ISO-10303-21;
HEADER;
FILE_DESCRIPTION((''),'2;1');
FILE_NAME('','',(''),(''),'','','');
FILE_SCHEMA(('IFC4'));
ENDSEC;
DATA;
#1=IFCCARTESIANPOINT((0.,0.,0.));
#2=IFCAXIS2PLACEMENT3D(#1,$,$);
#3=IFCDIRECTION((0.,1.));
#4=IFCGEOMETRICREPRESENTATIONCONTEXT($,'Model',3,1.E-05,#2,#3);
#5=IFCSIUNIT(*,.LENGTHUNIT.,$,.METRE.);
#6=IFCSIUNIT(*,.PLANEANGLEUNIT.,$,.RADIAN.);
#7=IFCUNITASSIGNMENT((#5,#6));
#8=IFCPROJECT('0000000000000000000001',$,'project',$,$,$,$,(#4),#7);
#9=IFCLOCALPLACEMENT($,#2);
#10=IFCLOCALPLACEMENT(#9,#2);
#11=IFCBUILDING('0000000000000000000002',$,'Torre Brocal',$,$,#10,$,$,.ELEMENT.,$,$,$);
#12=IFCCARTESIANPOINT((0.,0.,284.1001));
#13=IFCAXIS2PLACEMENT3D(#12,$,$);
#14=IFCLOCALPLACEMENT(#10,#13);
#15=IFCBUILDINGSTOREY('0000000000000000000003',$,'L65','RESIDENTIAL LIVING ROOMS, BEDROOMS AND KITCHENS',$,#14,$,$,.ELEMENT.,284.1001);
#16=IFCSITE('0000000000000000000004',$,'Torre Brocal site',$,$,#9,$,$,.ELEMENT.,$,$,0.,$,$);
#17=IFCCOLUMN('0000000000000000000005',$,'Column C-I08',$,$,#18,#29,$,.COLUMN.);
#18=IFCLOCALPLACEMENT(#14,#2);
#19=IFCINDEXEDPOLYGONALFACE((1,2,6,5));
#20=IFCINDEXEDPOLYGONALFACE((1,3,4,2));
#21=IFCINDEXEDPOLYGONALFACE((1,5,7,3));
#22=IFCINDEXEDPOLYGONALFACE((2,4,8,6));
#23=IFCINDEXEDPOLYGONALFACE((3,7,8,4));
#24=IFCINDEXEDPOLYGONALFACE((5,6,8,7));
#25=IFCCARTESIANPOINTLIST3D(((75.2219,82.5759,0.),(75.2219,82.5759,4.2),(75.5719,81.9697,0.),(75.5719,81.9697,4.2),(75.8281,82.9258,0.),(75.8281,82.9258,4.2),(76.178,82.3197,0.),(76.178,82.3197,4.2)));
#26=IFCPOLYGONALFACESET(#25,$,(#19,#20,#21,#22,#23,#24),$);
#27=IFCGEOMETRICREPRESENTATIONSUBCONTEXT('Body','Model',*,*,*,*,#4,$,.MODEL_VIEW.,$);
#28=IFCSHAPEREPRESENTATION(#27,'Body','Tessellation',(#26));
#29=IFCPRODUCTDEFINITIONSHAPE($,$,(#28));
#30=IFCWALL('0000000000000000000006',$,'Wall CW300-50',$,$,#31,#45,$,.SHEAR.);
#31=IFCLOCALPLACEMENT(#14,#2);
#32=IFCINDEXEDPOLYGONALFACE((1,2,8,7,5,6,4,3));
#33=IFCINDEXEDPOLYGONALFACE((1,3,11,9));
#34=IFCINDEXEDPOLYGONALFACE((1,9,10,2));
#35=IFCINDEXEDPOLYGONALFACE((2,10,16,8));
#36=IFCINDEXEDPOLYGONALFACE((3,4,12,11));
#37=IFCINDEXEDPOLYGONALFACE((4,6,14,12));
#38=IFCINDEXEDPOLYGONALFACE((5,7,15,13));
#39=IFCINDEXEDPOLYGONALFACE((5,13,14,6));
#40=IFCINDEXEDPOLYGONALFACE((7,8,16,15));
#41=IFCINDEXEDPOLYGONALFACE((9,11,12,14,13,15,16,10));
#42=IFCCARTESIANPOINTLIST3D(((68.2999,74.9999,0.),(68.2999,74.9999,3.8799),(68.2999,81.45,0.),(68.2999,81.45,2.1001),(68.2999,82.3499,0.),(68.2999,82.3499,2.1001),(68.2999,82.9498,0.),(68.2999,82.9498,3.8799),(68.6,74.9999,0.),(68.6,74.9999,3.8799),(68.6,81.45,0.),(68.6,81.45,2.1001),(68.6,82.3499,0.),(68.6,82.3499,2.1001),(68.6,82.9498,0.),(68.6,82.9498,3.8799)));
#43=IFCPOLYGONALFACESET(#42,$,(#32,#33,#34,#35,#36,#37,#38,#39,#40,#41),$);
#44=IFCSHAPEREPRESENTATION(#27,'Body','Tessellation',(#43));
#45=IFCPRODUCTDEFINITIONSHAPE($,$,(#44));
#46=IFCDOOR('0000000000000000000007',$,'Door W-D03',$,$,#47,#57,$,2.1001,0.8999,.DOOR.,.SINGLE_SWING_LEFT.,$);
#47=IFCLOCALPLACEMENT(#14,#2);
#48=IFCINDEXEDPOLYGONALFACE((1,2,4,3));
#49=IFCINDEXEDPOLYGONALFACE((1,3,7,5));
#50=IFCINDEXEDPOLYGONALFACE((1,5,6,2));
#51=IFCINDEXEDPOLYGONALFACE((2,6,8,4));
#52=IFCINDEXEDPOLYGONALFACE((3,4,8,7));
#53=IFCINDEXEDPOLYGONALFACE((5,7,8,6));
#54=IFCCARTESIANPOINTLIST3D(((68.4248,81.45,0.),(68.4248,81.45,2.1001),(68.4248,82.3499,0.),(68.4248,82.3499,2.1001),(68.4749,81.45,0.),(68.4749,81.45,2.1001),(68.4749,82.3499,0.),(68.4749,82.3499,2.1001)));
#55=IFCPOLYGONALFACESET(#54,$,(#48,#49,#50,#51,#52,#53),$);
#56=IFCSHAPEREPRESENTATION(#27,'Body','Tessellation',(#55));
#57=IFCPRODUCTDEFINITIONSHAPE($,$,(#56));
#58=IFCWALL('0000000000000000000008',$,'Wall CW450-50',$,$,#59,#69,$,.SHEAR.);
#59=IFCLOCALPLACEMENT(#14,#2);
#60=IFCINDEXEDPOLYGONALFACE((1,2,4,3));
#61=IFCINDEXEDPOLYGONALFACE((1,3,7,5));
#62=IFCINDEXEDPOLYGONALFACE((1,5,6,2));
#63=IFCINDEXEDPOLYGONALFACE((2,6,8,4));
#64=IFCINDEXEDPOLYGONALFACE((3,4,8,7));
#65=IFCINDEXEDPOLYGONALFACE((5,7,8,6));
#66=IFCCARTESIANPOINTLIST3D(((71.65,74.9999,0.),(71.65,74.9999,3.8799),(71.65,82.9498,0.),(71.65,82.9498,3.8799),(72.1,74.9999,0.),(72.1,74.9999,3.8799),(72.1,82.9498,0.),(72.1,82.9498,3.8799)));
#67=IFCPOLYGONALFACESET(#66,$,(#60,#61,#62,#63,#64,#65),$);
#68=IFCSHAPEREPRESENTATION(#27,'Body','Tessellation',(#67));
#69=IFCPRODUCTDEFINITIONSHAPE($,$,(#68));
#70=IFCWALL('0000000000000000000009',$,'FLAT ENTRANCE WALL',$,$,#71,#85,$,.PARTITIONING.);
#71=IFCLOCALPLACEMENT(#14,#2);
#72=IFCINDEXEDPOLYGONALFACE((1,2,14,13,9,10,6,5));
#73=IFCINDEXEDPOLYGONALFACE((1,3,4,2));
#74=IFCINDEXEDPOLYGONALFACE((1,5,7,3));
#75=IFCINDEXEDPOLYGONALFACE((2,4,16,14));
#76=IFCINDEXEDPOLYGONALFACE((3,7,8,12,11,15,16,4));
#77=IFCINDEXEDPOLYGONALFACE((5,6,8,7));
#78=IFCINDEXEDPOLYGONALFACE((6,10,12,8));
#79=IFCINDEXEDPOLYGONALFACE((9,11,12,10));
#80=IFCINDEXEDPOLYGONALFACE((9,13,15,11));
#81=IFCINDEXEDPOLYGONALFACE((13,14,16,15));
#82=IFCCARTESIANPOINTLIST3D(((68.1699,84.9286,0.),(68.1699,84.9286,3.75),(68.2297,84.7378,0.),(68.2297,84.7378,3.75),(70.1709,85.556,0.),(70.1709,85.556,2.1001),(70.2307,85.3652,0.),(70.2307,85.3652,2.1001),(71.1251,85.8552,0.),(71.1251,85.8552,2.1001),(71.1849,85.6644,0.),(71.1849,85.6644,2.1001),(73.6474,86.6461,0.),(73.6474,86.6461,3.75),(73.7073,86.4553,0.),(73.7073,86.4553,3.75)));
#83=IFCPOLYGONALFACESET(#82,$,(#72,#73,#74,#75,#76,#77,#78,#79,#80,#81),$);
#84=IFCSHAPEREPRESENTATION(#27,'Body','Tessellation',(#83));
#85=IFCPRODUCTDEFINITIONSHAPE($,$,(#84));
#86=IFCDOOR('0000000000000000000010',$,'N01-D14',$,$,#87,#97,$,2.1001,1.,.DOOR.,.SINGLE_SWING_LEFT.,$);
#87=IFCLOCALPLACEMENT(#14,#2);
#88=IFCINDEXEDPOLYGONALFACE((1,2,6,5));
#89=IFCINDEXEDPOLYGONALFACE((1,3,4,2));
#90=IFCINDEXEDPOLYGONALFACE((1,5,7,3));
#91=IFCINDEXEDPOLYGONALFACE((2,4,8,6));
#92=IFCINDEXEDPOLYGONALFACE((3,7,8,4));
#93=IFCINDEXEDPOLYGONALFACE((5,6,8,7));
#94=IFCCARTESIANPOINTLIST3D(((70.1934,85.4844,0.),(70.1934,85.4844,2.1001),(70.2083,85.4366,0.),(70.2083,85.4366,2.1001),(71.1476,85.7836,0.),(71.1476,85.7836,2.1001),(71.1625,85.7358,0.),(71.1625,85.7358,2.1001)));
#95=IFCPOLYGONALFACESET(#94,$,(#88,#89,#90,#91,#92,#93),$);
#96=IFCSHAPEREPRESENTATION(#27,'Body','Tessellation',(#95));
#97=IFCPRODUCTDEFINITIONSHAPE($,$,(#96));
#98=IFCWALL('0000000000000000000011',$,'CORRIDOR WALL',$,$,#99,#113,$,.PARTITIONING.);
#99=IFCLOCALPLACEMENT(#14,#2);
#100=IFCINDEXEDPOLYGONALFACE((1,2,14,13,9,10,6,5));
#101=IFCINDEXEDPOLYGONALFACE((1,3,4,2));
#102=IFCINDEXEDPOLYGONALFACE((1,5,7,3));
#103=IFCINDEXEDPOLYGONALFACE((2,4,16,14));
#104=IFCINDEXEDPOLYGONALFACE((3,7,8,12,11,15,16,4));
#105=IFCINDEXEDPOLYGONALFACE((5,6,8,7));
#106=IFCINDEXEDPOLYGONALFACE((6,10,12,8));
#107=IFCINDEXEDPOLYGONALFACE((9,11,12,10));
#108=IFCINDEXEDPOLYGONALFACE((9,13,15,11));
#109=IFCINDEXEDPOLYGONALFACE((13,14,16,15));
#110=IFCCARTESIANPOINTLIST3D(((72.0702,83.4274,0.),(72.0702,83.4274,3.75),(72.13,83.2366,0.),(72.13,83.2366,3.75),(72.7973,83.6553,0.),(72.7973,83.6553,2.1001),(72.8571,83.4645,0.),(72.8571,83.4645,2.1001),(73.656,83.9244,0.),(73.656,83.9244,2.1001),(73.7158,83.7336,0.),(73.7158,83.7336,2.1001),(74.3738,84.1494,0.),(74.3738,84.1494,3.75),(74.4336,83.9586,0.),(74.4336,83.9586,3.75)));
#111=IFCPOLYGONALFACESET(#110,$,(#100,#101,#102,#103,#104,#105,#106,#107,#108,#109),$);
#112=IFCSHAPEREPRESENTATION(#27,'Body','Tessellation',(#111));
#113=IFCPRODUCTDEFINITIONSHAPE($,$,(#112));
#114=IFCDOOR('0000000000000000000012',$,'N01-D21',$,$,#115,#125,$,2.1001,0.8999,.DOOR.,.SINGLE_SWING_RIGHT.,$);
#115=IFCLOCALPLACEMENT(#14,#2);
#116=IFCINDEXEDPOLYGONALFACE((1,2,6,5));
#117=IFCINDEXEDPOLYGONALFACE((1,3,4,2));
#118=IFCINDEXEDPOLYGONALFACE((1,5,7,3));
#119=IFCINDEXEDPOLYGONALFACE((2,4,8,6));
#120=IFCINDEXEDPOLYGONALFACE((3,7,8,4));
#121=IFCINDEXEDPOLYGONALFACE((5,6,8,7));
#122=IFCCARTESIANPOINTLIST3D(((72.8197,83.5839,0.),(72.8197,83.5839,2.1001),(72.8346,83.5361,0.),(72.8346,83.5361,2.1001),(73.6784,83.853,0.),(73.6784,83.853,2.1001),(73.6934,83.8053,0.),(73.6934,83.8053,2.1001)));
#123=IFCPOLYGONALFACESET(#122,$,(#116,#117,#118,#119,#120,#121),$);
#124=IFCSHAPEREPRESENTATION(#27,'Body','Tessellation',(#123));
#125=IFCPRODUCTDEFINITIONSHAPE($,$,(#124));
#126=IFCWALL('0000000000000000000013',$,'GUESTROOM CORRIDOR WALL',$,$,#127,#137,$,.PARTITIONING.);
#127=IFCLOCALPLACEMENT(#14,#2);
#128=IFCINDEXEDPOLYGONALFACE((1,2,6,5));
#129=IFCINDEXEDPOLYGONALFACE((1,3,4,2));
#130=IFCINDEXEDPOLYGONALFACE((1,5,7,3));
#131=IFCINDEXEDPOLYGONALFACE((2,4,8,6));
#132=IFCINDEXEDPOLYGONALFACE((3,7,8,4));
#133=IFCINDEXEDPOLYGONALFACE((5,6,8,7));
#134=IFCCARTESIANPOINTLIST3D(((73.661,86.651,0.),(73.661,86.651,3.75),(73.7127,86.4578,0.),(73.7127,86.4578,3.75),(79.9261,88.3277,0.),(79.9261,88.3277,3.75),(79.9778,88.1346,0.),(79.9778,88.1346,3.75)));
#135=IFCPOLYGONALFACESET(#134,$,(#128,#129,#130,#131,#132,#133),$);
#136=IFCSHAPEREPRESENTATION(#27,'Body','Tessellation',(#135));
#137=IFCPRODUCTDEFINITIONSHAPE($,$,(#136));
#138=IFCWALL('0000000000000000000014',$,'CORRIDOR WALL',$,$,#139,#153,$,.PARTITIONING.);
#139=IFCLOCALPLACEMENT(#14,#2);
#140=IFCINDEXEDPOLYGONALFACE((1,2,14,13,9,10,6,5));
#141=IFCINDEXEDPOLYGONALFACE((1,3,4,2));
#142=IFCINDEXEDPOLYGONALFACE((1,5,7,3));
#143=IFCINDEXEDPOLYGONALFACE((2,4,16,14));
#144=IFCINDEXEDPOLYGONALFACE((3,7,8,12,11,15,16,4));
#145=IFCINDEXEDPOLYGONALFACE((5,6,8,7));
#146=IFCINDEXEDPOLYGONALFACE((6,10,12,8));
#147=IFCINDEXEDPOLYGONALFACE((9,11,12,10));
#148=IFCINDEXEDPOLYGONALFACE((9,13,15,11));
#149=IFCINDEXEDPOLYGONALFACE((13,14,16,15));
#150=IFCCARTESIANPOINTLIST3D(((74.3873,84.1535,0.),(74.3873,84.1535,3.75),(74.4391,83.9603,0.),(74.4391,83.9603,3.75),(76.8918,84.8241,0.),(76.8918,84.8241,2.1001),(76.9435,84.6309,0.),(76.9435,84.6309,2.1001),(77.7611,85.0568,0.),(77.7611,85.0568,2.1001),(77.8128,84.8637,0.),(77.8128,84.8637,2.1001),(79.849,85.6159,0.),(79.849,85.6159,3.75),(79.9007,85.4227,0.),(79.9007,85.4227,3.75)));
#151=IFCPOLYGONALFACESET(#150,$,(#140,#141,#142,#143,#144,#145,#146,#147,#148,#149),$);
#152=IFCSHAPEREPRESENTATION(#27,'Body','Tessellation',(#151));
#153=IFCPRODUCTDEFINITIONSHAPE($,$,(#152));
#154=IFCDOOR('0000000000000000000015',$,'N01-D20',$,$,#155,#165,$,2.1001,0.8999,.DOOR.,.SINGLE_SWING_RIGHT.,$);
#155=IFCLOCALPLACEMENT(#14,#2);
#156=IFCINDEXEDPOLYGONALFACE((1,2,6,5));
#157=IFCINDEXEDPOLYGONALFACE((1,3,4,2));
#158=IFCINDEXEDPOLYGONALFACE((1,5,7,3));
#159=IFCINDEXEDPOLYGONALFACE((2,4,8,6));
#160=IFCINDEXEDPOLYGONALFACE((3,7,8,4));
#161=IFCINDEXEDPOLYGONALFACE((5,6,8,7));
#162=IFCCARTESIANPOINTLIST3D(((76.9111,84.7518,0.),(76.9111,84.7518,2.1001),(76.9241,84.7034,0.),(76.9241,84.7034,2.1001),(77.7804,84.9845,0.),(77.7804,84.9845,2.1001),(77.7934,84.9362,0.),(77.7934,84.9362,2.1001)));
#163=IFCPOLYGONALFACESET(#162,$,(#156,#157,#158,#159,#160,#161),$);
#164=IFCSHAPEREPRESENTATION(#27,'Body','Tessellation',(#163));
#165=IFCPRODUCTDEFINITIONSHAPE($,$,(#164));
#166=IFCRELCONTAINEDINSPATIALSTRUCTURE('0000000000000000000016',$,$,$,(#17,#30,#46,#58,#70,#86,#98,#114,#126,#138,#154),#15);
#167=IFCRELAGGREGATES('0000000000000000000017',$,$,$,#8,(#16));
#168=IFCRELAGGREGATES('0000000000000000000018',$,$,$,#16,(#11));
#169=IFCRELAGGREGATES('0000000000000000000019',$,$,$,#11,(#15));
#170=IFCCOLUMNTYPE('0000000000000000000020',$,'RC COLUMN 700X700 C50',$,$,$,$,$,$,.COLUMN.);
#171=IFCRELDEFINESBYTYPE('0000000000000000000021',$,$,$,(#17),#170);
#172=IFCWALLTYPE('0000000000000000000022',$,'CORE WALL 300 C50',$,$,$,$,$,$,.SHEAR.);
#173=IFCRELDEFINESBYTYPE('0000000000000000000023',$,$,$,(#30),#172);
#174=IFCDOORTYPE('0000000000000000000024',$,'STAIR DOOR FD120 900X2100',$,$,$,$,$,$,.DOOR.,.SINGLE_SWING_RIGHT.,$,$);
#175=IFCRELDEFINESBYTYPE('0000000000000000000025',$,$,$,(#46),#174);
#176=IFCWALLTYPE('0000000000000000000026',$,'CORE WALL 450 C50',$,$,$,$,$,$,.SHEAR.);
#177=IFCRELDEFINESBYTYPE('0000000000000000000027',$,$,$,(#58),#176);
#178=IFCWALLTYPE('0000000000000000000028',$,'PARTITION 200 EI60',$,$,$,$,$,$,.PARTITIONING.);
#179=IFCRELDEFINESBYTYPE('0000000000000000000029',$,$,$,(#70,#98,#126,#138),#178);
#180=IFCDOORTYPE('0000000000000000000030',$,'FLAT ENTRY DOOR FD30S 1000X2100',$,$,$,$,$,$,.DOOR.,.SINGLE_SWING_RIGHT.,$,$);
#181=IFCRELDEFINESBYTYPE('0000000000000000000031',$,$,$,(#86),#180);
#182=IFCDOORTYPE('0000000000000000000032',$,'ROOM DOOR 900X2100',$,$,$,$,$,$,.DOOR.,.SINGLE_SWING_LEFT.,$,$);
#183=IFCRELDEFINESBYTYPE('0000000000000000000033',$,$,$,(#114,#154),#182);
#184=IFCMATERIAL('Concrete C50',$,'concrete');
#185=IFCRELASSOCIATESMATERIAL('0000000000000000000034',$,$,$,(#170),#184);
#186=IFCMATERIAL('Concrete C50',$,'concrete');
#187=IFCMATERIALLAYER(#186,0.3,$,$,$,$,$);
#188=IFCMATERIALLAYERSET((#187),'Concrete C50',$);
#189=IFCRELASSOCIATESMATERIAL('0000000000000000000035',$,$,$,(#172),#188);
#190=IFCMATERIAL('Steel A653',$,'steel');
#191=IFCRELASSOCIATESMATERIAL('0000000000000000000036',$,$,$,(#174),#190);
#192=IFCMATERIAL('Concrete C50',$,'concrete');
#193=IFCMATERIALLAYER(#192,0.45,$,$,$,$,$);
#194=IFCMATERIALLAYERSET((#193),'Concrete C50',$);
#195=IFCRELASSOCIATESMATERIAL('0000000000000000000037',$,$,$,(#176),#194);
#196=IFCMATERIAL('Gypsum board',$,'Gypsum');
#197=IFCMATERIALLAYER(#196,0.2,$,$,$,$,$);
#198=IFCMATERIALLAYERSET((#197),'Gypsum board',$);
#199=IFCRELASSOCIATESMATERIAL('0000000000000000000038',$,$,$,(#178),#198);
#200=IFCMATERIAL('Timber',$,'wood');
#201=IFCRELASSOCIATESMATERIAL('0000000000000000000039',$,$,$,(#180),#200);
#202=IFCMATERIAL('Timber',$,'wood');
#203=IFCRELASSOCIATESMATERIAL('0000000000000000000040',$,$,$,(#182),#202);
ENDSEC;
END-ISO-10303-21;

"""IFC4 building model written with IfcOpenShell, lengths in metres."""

from ifc_helpers import new_model, si_unit, direction, frame, frame_2d, origin, origin_2d, place, context, subcontext, project, spatial, rectangle, extrude, material, layer, layer_set, material_profile, profile_set, type_object, element, fill, save


model = new_model("IFC4")

# Units and contexts
model_context = context("Model", 3, precision=1e-05, world=origin(), true_north=direction((0.0, 1.0)))
body_context = subcontext(model_context, "Body", "Model", "MODEL_VIEW")
ifc_project = project(units=[si_unit("LENGTHUNIT", "METRE"), si_unit("PLANEANGLEUNIT", "RADIAN")], contexts=[model_context])

# Site, building, storey
site_placement = place(None, origin())
site = spatial("IfcSite", under=ifc_project, at=site_placement, Name="Torre Brocal site", CompositionType="ELEMENT", RefElevation=0.0)
building_placement = place(site_placement, origin())
building = spatial("IfcBuilding", under=site, at=building_placement, Name="Torre Brocal", CompositionType="ELEMENT")
storey_placement = place(building_placement, frame((0.0, 0.0, 284.1001)))
storey = spatial("IfcBuildingStorey", under=building, at=storey_placement, Name="L65", Description="RESIDENTIAL LIVING ROOMS, BEDROOMS AND KITCHENS", CompositionType="ELEMENT", Elevation=284.1001)

# Column
ifc_material_1 = material(Name="Concrete C50", Category="concrete")
ifc_material_profile = material_profile(ifc_material_1, rectangle(XDim=0.7, YDim=0.7, at=origin_2d()), Name="RC 700X700")
ifc_profile_set = profile_set([ifc_material_profile], Name="Concrete C50")
column_type = type_object("IfcColumnType", Name="RC COLUMN 700X700 C50", PredefinedType="COLUMN", material=ifc_profile_set)
column_placement = place(storey_placement, frame((75.7, 82.4478, 0.0), z_axis=(0.0, 0.0, 1.0), x_axis=(-0.5, 0.866025, 0.0)))
element("IfcColumn", 1, at=column_placement, inside=storey, type_object=column_type, Name="Column C-I08", PredefinedType="COLUMN", context=body_context, shape_type="SweptSolid", body=[
    extrude(rectangle(XDim=0.7, YDim=0.7, at=origin_2d()), origin(), (0.0, 0.0, 1.0), 4.2),
])

# Wall, opening, door
ifc_material_2 = material(Name="Concrete C50", Category="concrete")
ifc_layer_1 = layer(ifc_material_2, 0.3)
ifc_layer_set_1 = layer_set([ifc_layer_1], Name="Concrete C50")
wall_type_1 = type_object("IfcWallType", Name="CORE WALL 300 C50", PredefinedType="SHEAR", material=ifc_layer_set_1)
wall_1_placement = place(storey_placement, frame((68.45, 82.95, 0.0), z_axis=(0.0, 0.0, 1.0), x_axis=(0.0, -1.0, 0.0)))
wall_1 = element("IfcWall", 2, at=wall_1_placement, inside=storey, type_object=wall_type_1, Name="Wall CW300-50", PredefinedType="SHEAR", context=body_context, shape_type="SweptSolid", body=[
    extrude(rectangle(XDim=7.95, YDim=0.3, at=frame_2d((3.9751, 0.0))), origin(), (0.0, 0.0, 1.0), 3.8799),
])
opening_1_placement = place(wall_1_placement, frame((0.6001, 0.0, 0.0)))
opening_1 = element("IfcOpeningElement", 3, at=opening_1_placement, cuts=wall_1, PredefinedType="OPENING", context=body_context, shape_type="SweptSolid", body=[
    extrude(rectangle(XDim=0.8999, YDim=2.1001, at=frame_2d((0.45, 1.05))), frame((0.0, 0.1599, 0.0), z_axis=(0.0, -1.0, 0.0), x_axis=(1.0, 0.0, 0.0)), (0.0, 0.0, 1.0), 0.3201),
])
ifc_material_3 = material(Name="Steel A653", Category="steel")
door_type_1 = type_object("IfcDoorType", Name="STAIR DOOR FD120 900X2100", OperationType="SINGLE_SWING_RIGHT", PredefinedType="DOOR", material=ifc_material_3)
door_1_placement = place(opening_1_placement, origin())
door_1 = element("IfcDoor", 4, at=door_1_placement, inside=storey, type_object=door_type_1, Name="Door W-D03", OperationType="SINGLE_SWING_LEFT", OverallHeight=2.1001, OverallWidth=0.8999, PredefinedType="DOOR", context=body_context, shape_type="SweptSolid", body=[
    extrude(rectangle(XDim=0.8999, YDim=2.1001, at=frame_2d((0.45, 1.05))), frame((0.0, 0.0249, 0.0), z_axis=(0.0, -1.0, 0.0), x_axis=(1.0, 0.0, 0.0)), (0.0, 0.0, 1.0), 0.05),
])
fill(opening_1, door_1)
ifc_material_4 = material(Name="Concrete C50", Category="concrete")
ifc_layer_2 = layer(ifc_material_4, 0.45)
ifc_layer_set_2 = layer_set([ifc_layer_2], Name="Concrete C50")
wall_type_2 = type_object("IfcWallType", Name="CORE WALL 450 C50", PredefinedType="SHEAR", material=ifc_layer_set_2)

# Wall
wall_2_placement = place(storey_placement, frame((71.875, 82.95, 0.0), z_axis=(0.0, 0.0, 1.0), x_axis=(0.0, -1.0, 0.0)))
element("IfcWall", 5, at=wall_2_placement, inside=storey, type_object=wall_type_2, Name="Wall CW450-50", PredefinedType="SHEAR", context=body_context, shape_type="SweptSolid", body=[
    extrude(rectangle(XDim=7.95, YDim=0.45, at=frame_2d((3.9751, 0.0))), origin(), (0.0, 0.0, 1.0), 3.8799),
])

# Walls, openings, doors
ifc_material_5 = material(Name="Gypsum board", Category="Gypsum")
ifc_layer_3 = layer(ifc_material_5, 0.2)
ifc_layer_set_3 = layer_set([ifc_layer_3], Name="Gypsum board")
wall_type_3 = type_object("IfcWallType", Name="PARTITION 200 EI60", PredefinedType="PARTITIONING", material=ifc_layer_set_3)
wall_3_placement = place(storey_placement, frame((68.2, 84.8333, 0.0), z_axis=(0.0, 0.0, 1.0), x_axis=(0.954192, 0.299195, 0.0)))
wall_3 = element("IfcWall", 6, at=wall_3_placement, inside=storey, type_object=wall_type_3, Name="FLAT ENTRANCE WALL", PredefinedType="PARTITIONING", context=body_context, shape_type="SweptSolid", body=[
    extrude(rectangle(XDim=5.7405, YDim=0.2, at=frame_2d((2.8701, 0.0))), origin(), (0.0, 0.0, 1.0), 3.75),
])
opening_2_placement = place(wall_3_placement, frame((2.0969, 0.0, 0.0)))
opening_2 = element("IfcOpeningElement", 7, at=opening_2_placement, cuts=wall_3, PredefinedType="OPENING", context=body_context, shape_type="SweptSolid", body=[
    extrude(rectangle(XDim=1.0, YDim=2.1001, at=frame_2d((0.5, 1.05))), frame((0.0, 0.1099, 0.0), z_axis=(0.0, -1.0, 0.0), x_axis=(1.0, 0.0, 0.0)), (0.0, 0.0, 1.0), 0.22),
])
ifc_material_6 = material(Name="Timber", Category="wood")
door_type_2 = type_object("IfcDoorType", Name="FLAT ENTRY DOOR FD30S 1000X2100", OperationType="SINGLE_SWING_RIGHT", PredefinedType="DOOR", material=ifc_material_6)
door_2_placement = place(opening_2_placement, origin())
door_2 = element("IfcDoor", 8, at=door_2_placement, inside=storey, type_object=door_type_2, Name="N01-D14", OperationType="SINGLE_SWING_LEFT", OverallHeight=2.1001, OverallWidth=1.0, PredefinedType="DOOR", context=body_context, shape_type="SweptSolid", body=[
    extrude(rectangle(XDim=1.0, YDim=2.1001, at=frame_2d((0.5, 1.05))), frame((0.0, 0.0249, 0.0), z_axis=(0.0, -1.0, 0.0), x_axis=(1.0, 0.0, 0.0)), (0.0, 0.0, 1.0), 0.05),
])
fill(opening_2, door_2)
wall_4_placement = place(storey_placement, frame((72.1001, 83.332, 0.0), z_axis=(0.0, 0.0, 1.0), x_axis=(0.954233, 0.299064, 0.0)))
wall_4 = element("IfcWall", 9, at=wall_4_placement, inside=storey, type_object=wall_type_3, Name="CORRIDOR WALL", PredefinedType="PARTITIONING", context=body_context, shape_type="SweptSolid", body=[
    extrude(rectangle(XDim=2.4141, YDim=0.2, at=frame_2d((1.207, 0.0))), origin(), (0.0, 0.0, 1.0), 3.75),
])
opening_3_placement = place(wall_4_placement, frame((0.762, 0.0, 0.0)))
opening_3 = element("IfcOpeningElement", 10, at=opening_3_placement, cuts=wall_4, PredefinedType="OPENING", context=body_context, shape_type="SweptSolid", body=[
    extrude(rectangle(XDim=0.8999, YDim=2.1001, at=frame_2d((0.45, 1.05))), frame((0.0, 0.1099, 0.0), z_axis=(0.0, -1.0, 0.0), x_axis=(1.0, 0.0, 0.0)), (0.0, 0.0, 1.0), 0.22),
])
ifc_material_7 = material(Name="Timber", Category="wood")
door_type_3 = type_object("IfcDoorType", Name="ROOM DOOR 900X2100", OperationType="SINGLE_SWING_LEFT", PredefinedType="DOOR", material=ifc_material_7)
door_3_placement = place(opening_3_placement, frame((0.8999, 0.0, 0.0), z_axis=(0.0, 0.0, 1.0), x_axis=(-1.0, 0.0, 0.0)))
door_3 = element("IfcDoor", 11, at=door_3_placement, inside=storey, type_object=door_type_3, Name="N01-D21", OperationType="SINGLE_SWING_RIGHT", OverallHeight=2.1001, OverallWidth=0.8999, PredefinedType="DOOR", context=body_context, shape_type="SweptSolid", body=[
    extrude(rectangle(XDim=0.8999, YDim=2.1001, at=frame_2d((0.45, 1.05))), frame((0.0, 0.0249, 0.0), z_axis=(0.0, -1.0, 0.0), x_axis=(1.0, 0.0, 0.0)), (0.0, 0.0, 1.0), 0.05),
])
fill(opening_3, door_3)

# Wall
wall_5_placement = place(storey_placement, frame((73.687, 86.5544, 0.0), z_axis=(0.0, 0.0, 1.0), x_axis=(0.966002, 0.258534, 0.0)))
element("IfcWall", 12, at=wall_5_placement, inside=storey, type_object=wall_type_3, Name="GUESTROOM CORRIDOR WALL", PredefinedType="PARTITIONING", context=body_context, shape_type="SweptSolid", body=[
    extrude(rectangle(XDim=6.4856, YDim=0.2, at=frame_2d((3.2427, 0.0))), origin(), (0.0, 0.0, 1.0), 3.75),
])

# Wall, opening, door
wall_6_placement = place(storey_placement, frame((74.4131, 84.0569, 0.0), z_axis=(0.0, 0.0, 1.0), x_axis=(0.965972, 0.258646, 0.0)))
wall_6 = element("IfcWall", 13, at=wall_6_placement, inside=storey, type_object=wall_type_3, Name="CORRIDOR WALL", PredefinedType="PARTITIONING", context=body_context, shape_type="SweptSolid", body=[
    extrude(rectangle(XDim=5.6541, YDim=0.2, at=frame_2d((2.8271, 0.0))), origin(), (0.0, 0.0, 1.0), 3.75),
])
opening_4_placement = place(wall_6_placement, frame((2.5928, 0.0, 0.0)))
opening_4 = element("IfcOpeningElement", 14, at=opening_4_placement, cuts=wall_6, PredefinedType="OPENING", context=body_context, shape_type="SweptSolid", body=[
    extrude(rectangle(XDim=0.8999, YDim=2.1001, at=frame_2d((0.45, 1.05))), frame((0.0, 0.1099, 0.0), z_axis=(0.0, -1.0, 0.0), x_axis=(1.0, 0.0, 0.0)), (0.0, 0.0, 1.0), 0.22),
])
door_4_placement = place(opening_4_placement, frame((0.8999, 0.0, 0.0), z_axis=(0.0, 0.0, 1.0), x_axis=(-1.0, 0.0, 0.0)))
door_4 = element("IfcDoor", 15, at=door_4_placement, inside=storey, type_object=door_type_3, Name="N01-D20", OperationType="SINGLE_SWING_RIGHT", OverallHeight=2.1001, OverallWidth=0.8999, PredefinedType="DOOR", context=body_context, shape_type="SweptSolid", body=[
    extrude(rectangle(XDim=0.8999, YDim=2.1001, at=frame_2d((0.45, 1.05))), frame((0.0, 0.0249, 0.0), z_axis=(0.0, -1.0, 0.0), x_axis=(1.0, 0.0, 0.0)), (0.0, 0.0, 1.0), 0.05),
])
fill(opening_4, door_4)

save(model, "model.ifc")
